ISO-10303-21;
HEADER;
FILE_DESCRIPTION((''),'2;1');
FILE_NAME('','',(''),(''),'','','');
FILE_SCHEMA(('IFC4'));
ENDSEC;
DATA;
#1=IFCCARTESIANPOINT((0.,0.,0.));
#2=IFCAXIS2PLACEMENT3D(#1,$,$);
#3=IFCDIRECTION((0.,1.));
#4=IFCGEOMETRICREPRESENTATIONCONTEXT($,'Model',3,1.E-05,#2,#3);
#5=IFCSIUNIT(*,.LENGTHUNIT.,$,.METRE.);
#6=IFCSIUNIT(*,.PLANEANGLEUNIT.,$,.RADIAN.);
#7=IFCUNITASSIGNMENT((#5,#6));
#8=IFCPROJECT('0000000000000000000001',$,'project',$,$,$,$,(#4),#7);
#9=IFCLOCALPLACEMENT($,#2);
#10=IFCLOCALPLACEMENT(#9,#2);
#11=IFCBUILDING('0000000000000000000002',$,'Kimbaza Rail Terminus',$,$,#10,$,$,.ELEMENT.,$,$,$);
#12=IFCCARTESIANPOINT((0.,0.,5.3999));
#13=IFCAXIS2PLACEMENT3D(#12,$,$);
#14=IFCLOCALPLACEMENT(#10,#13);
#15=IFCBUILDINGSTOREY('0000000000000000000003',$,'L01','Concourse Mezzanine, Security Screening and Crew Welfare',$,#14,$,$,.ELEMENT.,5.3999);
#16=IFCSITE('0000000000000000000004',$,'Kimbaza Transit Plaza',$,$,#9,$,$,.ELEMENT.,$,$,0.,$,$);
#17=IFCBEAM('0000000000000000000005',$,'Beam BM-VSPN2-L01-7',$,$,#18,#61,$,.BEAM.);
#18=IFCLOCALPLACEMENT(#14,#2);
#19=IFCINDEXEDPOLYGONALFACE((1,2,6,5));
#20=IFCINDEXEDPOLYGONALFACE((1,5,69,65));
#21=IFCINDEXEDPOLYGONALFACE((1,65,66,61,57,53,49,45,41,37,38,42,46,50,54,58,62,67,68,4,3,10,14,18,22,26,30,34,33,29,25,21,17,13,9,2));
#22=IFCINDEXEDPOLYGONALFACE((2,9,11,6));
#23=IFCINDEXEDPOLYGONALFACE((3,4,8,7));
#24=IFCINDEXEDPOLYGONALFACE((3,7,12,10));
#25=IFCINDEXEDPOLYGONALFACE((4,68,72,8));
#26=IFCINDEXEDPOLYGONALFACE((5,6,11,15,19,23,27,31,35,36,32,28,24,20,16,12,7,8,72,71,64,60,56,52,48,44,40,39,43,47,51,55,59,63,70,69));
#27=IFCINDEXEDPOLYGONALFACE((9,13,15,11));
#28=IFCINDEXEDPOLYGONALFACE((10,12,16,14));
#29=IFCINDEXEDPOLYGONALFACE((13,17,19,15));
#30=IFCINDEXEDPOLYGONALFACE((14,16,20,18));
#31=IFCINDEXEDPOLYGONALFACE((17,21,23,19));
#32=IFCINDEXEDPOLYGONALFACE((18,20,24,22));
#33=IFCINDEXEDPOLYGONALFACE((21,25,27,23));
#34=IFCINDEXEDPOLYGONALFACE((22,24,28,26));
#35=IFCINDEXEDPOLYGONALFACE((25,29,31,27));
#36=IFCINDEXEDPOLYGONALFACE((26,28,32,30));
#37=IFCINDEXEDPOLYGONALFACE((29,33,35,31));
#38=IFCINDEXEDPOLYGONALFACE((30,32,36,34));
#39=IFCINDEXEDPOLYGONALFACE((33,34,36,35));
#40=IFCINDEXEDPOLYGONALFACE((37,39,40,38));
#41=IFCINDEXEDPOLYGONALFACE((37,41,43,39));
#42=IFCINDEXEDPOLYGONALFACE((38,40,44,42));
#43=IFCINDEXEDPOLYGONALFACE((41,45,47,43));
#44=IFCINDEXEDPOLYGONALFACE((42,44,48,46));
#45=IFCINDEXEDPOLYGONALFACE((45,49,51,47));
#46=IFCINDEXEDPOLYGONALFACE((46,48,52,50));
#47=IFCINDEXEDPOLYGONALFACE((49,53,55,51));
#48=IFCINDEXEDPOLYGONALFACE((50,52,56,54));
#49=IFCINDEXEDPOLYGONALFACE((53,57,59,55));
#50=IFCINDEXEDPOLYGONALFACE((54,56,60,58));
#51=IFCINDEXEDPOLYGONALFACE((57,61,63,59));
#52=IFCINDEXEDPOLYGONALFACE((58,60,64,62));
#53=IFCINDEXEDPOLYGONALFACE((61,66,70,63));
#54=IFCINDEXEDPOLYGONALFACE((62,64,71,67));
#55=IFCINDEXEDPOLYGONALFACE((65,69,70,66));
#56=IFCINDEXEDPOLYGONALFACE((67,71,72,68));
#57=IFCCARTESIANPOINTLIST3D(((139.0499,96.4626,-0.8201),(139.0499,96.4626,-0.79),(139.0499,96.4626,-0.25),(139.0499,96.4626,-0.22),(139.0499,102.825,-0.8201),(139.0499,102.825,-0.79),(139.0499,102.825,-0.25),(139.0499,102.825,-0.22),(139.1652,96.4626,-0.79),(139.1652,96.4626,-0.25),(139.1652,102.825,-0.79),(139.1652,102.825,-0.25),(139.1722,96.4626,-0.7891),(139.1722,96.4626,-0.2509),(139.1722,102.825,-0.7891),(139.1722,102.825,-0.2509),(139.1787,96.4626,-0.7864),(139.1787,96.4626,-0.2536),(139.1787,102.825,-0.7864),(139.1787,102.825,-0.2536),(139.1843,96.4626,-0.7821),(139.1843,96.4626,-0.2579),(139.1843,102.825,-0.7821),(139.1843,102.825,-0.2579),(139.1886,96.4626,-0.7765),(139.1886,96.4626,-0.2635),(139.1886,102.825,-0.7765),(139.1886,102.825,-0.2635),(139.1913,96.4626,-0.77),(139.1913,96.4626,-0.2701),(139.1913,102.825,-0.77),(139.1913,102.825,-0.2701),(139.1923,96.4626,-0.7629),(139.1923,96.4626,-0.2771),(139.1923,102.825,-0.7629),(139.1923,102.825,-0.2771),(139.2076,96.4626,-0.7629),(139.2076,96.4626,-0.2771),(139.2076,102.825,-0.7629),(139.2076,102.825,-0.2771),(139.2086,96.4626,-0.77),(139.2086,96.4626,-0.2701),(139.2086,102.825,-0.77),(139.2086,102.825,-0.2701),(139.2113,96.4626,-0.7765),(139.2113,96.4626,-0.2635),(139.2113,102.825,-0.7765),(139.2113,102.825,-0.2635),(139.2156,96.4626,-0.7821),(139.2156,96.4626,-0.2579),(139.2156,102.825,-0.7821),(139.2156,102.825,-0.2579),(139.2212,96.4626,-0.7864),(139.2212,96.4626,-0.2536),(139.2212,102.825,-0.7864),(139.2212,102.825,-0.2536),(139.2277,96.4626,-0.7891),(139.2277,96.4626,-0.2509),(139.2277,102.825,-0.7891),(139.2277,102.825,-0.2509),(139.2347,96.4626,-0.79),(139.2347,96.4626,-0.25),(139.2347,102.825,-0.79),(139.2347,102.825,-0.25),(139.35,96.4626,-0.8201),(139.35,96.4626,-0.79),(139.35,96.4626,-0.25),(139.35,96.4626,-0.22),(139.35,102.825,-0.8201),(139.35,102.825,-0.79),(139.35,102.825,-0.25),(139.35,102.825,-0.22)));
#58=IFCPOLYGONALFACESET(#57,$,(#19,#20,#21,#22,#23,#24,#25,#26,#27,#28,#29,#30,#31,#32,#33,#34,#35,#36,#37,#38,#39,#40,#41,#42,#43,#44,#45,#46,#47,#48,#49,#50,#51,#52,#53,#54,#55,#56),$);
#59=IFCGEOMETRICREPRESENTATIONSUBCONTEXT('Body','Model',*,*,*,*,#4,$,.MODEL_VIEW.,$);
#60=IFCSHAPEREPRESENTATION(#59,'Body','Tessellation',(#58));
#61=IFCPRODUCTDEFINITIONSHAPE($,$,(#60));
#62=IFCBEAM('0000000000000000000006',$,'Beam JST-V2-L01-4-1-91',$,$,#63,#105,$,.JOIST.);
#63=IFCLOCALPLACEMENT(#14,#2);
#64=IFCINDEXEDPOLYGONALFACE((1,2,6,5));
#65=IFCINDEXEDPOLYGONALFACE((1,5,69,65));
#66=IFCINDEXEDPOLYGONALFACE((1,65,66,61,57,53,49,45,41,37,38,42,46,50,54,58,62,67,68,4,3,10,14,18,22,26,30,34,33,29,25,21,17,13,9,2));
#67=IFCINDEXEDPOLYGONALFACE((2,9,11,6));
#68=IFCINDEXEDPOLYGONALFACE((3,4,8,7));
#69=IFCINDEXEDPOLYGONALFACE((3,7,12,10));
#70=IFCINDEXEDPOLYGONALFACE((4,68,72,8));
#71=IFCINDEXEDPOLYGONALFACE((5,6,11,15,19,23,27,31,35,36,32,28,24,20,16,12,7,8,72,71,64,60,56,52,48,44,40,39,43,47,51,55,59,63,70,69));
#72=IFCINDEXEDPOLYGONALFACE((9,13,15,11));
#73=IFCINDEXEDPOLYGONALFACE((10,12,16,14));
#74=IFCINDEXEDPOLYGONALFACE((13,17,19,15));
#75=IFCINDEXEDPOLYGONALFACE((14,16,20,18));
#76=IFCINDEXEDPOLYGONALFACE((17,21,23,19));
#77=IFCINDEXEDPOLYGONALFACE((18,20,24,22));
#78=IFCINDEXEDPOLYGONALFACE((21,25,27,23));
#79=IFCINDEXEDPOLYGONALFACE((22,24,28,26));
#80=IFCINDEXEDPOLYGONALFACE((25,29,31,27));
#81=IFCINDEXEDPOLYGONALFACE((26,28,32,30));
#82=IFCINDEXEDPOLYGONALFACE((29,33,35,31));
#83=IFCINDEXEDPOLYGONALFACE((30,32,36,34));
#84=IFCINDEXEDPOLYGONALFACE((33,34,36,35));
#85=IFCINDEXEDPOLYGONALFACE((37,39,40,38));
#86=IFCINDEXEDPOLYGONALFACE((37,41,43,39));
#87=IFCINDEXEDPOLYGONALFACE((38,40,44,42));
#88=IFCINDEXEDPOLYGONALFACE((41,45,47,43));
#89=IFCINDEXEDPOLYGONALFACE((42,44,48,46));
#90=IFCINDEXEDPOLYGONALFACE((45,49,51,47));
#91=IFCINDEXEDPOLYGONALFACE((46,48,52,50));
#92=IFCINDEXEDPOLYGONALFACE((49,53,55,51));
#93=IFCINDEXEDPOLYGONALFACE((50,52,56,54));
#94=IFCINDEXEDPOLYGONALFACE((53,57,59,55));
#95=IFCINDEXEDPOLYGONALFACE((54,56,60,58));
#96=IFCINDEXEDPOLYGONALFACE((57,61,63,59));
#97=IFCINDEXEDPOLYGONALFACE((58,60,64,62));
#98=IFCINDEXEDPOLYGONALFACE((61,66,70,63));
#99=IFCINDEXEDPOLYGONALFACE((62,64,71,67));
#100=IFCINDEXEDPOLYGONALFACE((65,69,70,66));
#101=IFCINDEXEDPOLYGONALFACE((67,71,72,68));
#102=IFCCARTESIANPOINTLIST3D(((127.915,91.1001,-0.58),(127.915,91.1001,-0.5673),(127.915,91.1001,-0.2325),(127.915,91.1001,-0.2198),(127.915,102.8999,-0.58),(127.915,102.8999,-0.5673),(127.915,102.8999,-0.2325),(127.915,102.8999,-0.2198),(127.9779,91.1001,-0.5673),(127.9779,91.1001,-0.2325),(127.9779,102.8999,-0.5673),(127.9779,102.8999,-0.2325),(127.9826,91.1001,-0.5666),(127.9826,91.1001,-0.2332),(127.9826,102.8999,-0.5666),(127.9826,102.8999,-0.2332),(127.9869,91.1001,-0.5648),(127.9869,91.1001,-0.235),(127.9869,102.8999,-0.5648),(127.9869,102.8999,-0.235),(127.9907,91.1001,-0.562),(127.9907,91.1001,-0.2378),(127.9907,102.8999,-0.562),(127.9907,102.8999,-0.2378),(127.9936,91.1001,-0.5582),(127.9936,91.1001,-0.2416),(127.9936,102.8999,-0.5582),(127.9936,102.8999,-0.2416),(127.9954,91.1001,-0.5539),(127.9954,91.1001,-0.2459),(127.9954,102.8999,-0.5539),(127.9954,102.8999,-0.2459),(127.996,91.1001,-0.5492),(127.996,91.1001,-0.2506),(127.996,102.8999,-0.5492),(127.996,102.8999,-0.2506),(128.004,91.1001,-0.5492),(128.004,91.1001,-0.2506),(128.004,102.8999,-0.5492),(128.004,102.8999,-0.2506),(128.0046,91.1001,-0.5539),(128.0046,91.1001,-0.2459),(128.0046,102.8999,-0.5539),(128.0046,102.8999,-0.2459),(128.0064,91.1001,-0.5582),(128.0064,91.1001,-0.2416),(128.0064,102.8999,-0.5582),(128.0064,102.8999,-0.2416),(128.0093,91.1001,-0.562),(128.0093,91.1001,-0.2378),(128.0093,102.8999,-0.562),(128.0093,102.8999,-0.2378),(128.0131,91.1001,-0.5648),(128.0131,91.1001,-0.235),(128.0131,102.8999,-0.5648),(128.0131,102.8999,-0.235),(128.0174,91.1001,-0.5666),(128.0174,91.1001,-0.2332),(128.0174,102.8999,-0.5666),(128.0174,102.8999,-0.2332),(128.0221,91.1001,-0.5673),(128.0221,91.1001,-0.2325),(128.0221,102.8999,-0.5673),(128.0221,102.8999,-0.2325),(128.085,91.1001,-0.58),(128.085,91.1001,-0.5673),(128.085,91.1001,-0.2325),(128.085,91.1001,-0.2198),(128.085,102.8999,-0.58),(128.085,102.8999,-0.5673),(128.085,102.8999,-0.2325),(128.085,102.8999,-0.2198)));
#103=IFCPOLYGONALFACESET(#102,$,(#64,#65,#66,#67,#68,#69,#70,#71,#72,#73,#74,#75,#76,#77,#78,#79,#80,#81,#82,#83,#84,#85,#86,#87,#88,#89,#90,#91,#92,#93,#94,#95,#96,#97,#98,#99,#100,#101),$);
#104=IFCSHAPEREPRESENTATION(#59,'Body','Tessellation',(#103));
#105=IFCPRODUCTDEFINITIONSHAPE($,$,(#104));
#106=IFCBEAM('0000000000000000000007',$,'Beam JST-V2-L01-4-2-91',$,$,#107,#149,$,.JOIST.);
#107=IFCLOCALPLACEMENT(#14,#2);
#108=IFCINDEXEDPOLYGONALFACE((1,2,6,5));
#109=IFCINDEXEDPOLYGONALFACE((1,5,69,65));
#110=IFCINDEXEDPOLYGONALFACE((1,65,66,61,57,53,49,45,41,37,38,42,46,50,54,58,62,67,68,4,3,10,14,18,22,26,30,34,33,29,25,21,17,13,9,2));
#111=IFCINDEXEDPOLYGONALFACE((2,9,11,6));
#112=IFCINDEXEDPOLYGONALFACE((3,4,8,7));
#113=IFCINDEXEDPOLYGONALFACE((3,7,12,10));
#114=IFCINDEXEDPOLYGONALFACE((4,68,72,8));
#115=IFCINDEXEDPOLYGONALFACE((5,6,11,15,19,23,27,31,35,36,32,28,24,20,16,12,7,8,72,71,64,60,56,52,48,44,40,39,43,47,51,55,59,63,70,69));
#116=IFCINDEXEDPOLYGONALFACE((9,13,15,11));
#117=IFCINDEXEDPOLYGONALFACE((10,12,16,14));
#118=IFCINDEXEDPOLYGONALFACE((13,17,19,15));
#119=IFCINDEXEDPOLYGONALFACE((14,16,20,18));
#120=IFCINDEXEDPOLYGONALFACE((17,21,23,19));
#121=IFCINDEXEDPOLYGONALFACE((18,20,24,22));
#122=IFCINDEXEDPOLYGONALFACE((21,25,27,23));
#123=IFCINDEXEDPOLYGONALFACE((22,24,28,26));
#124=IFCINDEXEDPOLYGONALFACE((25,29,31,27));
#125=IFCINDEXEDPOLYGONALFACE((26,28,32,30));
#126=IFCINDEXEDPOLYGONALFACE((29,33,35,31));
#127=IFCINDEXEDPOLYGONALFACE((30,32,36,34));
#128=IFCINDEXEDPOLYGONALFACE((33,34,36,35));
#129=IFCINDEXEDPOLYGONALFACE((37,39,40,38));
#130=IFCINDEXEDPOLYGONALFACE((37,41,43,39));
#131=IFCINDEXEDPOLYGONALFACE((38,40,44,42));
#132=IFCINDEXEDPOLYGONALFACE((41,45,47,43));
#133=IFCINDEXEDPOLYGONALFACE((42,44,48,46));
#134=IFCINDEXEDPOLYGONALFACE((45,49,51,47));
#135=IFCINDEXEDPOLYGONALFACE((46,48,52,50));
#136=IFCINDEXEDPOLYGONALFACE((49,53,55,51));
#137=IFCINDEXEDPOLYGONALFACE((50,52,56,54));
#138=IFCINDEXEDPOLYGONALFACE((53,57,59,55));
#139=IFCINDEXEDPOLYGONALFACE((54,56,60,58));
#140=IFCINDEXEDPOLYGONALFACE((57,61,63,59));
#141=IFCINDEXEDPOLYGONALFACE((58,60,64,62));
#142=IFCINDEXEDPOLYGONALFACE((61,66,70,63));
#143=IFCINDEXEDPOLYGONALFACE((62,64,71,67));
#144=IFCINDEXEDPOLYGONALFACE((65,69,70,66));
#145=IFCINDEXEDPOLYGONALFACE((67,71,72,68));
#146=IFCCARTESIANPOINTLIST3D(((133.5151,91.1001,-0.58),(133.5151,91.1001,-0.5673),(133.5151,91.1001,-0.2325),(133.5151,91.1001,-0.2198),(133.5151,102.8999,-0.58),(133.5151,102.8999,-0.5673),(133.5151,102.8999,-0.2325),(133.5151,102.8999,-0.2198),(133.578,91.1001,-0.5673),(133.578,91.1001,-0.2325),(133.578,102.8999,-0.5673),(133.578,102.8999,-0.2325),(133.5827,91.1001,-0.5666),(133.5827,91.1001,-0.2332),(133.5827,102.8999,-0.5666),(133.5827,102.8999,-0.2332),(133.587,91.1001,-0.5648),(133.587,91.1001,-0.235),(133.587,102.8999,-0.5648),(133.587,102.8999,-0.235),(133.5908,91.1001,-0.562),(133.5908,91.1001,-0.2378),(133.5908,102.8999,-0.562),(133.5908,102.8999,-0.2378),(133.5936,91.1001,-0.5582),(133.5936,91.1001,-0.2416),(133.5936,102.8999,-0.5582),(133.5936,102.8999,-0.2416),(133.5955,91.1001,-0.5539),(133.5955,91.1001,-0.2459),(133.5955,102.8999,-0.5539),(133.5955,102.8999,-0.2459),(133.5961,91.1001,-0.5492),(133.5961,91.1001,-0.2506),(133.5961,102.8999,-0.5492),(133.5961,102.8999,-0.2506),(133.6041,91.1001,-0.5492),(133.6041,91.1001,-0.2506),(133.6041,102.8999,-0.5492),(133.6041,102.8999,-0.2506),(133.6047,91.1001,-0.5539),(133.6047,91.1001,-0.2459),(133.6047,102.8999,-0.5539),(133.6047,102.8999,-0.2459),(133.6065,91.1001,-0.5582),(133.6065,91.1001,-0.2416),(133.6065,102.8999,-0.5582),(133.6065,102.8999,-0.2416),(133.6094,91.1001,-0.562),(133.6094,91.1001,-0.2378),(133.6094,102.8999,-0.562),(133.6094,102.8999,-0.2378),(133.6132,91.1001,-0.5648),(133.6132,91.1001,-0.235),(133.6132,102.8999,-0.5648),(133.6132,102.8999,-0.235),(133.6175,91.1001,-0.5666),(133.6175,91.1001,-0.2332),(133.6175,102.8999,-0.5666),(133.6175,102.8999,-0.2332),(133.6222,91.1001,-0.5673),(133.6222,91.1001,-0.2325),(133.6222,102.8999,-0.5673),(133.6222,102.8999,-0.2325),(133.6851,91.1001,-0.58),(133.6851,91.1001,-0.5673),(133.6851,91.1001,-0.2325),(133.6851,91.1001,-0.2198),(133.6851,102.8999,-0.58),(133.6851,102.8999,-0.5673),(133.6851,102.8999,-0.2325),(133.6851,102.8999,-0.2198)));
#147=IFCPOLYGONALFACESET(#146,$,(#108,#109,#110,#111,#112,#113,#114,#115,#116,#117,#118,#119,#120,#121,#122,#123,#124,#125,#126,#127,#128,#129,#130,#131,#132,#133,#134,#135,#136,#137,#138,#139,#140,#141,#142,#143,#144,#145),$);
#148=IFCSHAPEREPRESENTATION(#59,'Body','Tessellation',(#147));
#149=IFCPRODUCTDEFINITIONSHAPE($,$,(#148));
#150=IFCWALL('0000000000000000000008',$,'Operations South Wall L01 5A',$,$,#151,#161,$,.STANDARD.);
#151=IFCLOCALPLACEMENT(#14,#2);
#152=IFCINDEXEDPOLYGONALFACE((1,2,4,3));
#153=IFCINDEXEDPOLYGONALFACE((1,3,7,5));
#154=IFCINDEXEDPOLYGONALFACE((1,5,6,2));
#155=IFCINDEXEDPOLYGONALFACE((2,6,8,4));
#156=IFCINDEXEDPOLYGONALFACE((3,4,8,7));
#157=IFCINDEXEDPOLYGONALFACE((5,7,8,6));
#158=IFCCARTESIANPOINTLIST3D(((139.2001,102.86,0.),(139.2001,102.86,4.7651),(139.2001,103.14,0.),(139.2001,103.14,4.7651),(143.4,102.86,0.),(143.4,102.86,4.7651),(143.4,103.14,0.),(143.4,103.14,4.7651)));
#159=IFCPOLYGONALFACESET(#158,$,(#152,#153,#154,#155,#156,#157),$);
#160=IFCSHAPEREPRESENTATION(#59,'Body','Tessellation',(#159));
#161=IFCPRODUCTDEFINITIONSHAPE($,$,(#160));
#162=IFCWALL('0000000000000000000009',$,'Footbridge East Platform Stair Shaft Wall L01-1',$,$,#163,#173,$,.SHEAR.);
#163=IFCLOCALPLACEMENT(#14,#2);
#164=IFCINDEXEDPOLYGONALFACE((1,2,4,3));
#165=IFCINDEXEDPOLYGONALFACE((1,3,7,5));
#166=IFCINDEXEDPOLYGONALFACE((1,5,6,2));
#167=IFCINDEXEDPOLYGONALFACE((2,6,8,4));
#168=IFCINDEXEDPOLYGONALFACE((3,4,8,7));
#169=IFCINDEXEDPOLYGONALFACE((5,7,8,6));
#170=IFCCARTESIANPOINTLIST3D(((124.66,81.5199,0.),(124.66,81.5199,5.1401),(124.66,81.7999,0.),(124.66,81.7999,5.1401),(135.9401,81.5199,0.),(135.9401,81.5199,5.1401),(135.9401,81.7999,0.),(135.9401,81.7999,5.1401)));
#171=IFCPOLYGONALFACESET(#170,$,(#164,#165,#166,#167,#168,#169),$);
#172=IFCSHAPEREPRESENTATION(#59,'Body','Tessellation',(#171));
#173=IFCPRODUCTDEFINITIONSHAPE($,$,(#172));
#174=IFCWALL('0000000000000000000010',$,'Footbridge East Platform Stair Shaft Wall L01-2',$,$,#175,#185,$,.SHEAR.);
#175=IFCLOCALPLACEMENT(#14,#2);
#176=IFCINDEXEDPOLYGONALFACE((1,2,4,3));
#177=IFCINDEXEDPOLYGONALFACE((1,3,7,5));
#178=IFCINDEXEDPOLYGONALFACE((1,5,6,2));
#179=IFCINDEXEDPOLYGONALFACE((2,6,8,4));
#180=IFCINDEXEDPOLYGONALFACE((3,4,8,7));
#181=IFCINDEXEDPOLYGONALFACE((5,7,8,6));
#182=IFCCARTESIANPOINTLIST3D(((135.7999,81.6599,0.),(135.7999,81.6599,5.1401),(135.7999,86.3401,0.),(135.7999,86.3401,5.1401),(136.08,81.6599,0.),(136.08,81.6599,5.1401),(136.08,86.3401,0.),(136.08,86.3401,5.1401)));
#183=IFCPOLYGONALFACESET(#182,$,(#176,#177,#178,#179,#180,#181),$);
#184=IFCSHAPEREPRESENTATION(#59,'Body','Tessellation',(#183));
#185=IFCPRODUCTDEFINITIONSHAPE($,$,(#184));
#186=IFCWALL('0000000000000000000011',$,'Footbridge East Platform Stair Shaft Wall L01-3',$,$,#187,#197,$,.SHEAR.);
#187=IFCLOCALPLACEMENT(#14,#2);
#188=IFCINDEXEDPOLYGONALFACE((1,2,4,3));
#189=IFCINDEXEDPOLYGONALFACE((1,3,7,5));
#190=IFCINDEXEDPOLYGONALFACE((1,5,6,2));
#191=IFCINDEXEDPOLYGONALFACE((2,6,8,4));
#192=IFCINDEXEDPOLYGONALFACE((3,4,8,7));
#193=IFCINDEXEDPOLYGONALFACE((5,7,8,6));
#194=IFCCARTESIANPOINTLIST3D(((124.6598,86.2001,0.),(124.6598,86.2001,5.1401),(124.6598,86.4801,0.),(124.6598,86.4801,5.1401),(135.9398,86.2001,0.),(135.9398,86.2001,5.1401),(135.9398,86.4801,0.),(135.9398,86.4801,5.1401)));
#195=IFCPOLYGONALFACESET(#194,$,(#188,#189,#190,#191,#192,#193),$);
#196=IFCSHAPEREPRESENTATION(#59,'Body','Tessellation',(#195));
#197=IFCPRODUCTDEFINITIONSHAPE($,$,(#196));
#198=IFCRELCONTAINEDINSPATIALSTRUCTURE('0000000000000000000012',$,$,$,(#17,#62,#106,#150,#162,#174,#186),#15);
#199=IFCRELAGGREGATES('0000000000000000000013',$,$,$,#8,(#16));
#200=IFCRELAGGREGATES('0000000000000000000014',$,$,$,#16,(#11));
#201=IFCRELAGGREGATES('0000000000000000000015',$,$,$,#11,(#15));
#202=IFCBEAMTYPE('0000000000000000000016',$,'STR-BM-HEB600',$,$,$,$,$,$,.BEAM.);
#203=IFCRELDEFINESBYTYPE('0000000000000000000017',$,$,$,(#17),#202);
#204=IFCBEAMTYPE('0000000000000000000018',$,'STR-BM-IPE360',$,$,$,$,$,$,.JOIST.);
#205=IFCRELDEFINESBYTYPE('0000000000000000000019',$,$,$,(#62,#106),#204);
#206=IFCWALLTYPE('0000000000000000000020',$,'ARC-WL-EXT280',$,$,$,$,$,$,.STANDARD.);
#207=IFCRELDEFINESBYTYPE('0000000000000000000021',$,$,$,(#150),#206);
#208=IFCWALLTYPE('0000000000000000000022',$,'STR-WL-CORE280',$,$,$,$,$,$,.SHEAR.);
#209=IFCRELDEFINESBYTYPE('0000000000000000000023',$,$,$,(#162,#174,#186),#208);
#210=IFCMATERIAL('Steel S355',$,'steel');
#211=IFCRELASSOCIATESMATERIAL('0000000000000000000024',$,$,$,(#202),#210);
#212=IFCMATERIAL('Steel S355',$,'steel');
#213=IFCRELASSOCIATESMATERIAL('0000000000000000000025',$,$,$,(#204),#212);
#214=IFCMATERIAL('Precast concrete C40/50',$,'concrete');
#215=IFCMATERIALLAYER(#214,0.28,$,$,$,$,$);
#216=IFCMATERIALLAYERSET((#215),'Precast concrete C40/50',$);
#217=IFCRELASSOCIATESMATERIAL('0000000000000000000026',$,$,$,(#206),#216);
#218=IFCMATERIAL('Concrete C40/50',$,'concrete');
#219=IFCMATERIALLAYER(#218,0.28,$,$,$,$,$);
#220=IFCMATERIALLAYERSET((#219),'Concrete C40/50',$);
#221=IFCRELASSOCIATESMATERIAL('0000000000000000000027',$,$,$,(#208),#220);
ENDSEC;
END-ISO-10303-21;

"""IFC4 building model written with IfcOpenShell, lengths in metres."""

from ifc_helpers import new_model, si_unit, direction, frame, frame_2d, origin, origin_2d, place, context, subcontext, project, spatial, rectangle, i_section, extrude, material, layer, layer_set, material_profile, profile_set, type_object, element, save


model = new_model("IFC4")

# Units and contexts
model_context = context("Model", 3, precision=1e-05, world=origin(), true_north=direction((0.0, 1.0)))
body_context = subcontext(model_context, "Body", "Model", "MODEL_VIEW")
ifc_project = project(units=[si_unit("LENGTHUNIT", "METRE"), si_unit("PLANEANGLEUNIT", "RADIAN")], contexts=[model_context])

# Site, building, storey
site_placement = place(None, origin())
site = spatial("IfcSite", under=ifc_project, at=site_placement, Name="Kimbaza Transit Plaza", CompositionType="ELEMENT", RefElevation=0.0)
building_placement = place(site_placement, origin())
building = spatial("IfcBuilding", under=site, at=building_placement, Name="Kimbaza Rail Terminus", CompositionType="ELEMENT")
storey_placement = place(building_placement, frame((0.0, 0.0, 5.3999)))
storey = spatial("IfcBuildingStorey", under=building, at=storey_placement, Name="L01", Description="Concourse Mezzanine, Security Screening and Crew Welfare", CompositionType="ELEMENT", Elevation=5.3999)

# Beams
ifc_material_1 = material(Name="Steel S355", Category="steel")
ifc_material_profile_1 = material_profile(ifc_material_1, i_section(OverallWidth=0.3, OverallDepth=0.6001, WebThickness=0.0154, FlangeThickness=0.03, FilletRadius=0.0271, at=origin_2d()), Name="HEB 600")
ifc_profile_set_1 = profile_set([ifc_material_profile_1], Name="Steel S355")
beam_type_1 = type_object("IfcBeamType", Name="STR-BM-HEB600", PredefinedType="BEAM", material=ifc_profile_set_1)
beam_1_placement = place(storey_placement, frame((139.2, 96.4626, -0.52), z_axis=(0.0, 1.0, 0.0), x_axis=(-1.0, 0.0, 0.0)))
element("IfcBeam", 1, at=beam_1_placement, inside=storey, type_object=beam_type_1, Name="Beam BM-VSPN2-L01-7", PredefinedType="BEAM", context=body_context, shape_type="SweptSolid", body=[
    extrude(i_section(OverallWidth=0.3, OverallDepth=0.6001, WebThickness=0.0154, FlangeThickness=0.03, FilletRadius=0.0271, at=origin_2d()), origin(), (0.0, 0.0, 1.0), 6.3623),
])
ifc_material_2 = material(Name="Steel S355", Category="steel")
ifc_material_profile_2 = material_profile(ifc_material_2, i_section(OverallWidth=0.1699, OverallDepth=0.3601, WebThickness=0.0081, FlangeThickness=0.0127, FilletRadius=0.0181, at=origin_2d()), Name="IPE 360")
ifc_profile_set_2 = profile_set([ifc_material_profile_2], Name="Steel S355")
beam_type_2 = type_object("IfcBeamType", Name="STR-BM-IPE360", PredefinedType="JOIST", material=ifc_profile_set_2)
for number, where, z_axis, x_axis, name in (
    (2, (128.0, 91.1001, -0.3999), (0.0, 1.0, 0.0), (-1.0, 0.0, 0.0), "Beam JST-V2-L01-4-1-91"),
    (3, (133.6001, 91.1001, -0.3999), (0.0, 1.0, 0.0), (-1.0, 0.0, 0.0), "Beam JST-V2-L01-4-2-91"),
):
    element("IfcBeam", number, at=place(storey_placement, frame(where, z_axis=z_axis, x_axis=x_axis)), inside=storey, type_object=beam_type_2, Name=name, PredefinedType="JOIST", context=body_context, shape_type="SweptSolid", body=[
        extrude(i_section(OverallWidth=0.1699, OverallDepth=0.3601, WebThickness=0.0081, FlangeThickness=0.0127, FilletRadius=0.0181, at=origin_2d()), origin(), (0.0, 0.0, 1.0), 11.7998),
    ])

# Walls
ifc_material_3 = material(Name="Precast concrete C40/50", Category="concrete")
ifc_layer_1 = layer(ifc_material_3, 0.28)
ifc_layer_set_1 = layer_set([ifc_layer_1], Name="Precast concrete C40/50")
wall_type_1 = type_object("IfcWallType", Name="ARC-WL-EXT280", PredefinedType="STANDARD", material=ifc_layer_set_1)
wall_1_placement = place(storey_placement, frame((139.2, 103.0, 0.0), z_axis=(0.0, 0.0, 1.0), x_axis=(1.0, 0.0, 0.0)))
element("IfcWall", 4, at=wall_1_placement, inside=storey, type_object=wall_type_1, Name="Operations South Wall L01 5A", PredefinedType="STANDARD", context=body_context, shape_type="SweptSolid", body=[
    extrude(rectangle(XDim=4.2, YDim=0.28, at=frame_2d((2.1001, 0.0))), origin(), (0.0, 0.0, 1.0), 4.7651),
])
ifc_material_4 = material(Name="Concrete C40/50", Category="concrete")
ifc_layer_2 = layer(ifc_material_4, 0.28)
ifc_layer_set_2 = layer_set([ifc_layer_2], Name="Concrete C40/50")
wall_type_2 = type_object("IfcWallType", Name="STR-WL-CORE280", PredefinedType="SHEAR", material=ifc_layer_set_2)
wall_2_placement = place(storey_placement, frame((124.6599, 81.6599, 0.0), z_axis=(0.0, 0.0, 1.0), x_axis=(1.0, 0.0, 0.0)))
element("IfcWall", 5, at=wall_2_placement, inside=storey, type_object=wall_type_2, Name="Footbridge East Platform Stair Shaft Wall L01-1", PredefinedType="SHEAR", context=body_context, shape_type="SweptSolid", body=[
    extrude(rectangle(XDim=11.28, YDim=0.28, at=frame_2d((5.6401, 0.0))), origin(), (0.0, 0.0, 1.0), 5.1401),
])
wall_3_placement = place(storey_placement, frame((135.9399, 81.6599, 0.0), z_axis=(0.0, 0.0, 1.0), x_axis=(0.0, 1.0, 0.0)))
element("IfcWall", 6, at=wall_3_placement, inside=storey, type_object=wall_type_2, Name="Footbridge East Platform Stair Shaft Wall L01-2", PredefinedType="SHEAR", context=body_context, shape_type="SweptSolid", body=[
    extrude(rectangle(XDim=4.6802, YDim=0.28, at=frame_2d((2.3401, 0.0))), origin(), (0.0, 0.0, 1.0), 5.1401),
])
wall_4_placement = place(storey_placement, frame((135.9399, 86.3401, 0.0), z_axis=(0.0, 0.0, 1.0), x_axis=(-1.0, 0.0, 0.0)))
element("IfcWall", 7, at=wall_4_placement, inside=storey, type_object=wall_type_2, Name="Footbridge East Platform Stair Shaft Wall L01-3", PredefinedType="SHEAR", context=body_context, shape_type="SweptSolid", body=[
    extrude(rectangle(XDim=11.28, YDim=0.28, at=frame_2d((5.6401, 0.0))), origin(), (0.0, 0.0, 1.0), 5.1401),
])

save(model, "model.ifc")
